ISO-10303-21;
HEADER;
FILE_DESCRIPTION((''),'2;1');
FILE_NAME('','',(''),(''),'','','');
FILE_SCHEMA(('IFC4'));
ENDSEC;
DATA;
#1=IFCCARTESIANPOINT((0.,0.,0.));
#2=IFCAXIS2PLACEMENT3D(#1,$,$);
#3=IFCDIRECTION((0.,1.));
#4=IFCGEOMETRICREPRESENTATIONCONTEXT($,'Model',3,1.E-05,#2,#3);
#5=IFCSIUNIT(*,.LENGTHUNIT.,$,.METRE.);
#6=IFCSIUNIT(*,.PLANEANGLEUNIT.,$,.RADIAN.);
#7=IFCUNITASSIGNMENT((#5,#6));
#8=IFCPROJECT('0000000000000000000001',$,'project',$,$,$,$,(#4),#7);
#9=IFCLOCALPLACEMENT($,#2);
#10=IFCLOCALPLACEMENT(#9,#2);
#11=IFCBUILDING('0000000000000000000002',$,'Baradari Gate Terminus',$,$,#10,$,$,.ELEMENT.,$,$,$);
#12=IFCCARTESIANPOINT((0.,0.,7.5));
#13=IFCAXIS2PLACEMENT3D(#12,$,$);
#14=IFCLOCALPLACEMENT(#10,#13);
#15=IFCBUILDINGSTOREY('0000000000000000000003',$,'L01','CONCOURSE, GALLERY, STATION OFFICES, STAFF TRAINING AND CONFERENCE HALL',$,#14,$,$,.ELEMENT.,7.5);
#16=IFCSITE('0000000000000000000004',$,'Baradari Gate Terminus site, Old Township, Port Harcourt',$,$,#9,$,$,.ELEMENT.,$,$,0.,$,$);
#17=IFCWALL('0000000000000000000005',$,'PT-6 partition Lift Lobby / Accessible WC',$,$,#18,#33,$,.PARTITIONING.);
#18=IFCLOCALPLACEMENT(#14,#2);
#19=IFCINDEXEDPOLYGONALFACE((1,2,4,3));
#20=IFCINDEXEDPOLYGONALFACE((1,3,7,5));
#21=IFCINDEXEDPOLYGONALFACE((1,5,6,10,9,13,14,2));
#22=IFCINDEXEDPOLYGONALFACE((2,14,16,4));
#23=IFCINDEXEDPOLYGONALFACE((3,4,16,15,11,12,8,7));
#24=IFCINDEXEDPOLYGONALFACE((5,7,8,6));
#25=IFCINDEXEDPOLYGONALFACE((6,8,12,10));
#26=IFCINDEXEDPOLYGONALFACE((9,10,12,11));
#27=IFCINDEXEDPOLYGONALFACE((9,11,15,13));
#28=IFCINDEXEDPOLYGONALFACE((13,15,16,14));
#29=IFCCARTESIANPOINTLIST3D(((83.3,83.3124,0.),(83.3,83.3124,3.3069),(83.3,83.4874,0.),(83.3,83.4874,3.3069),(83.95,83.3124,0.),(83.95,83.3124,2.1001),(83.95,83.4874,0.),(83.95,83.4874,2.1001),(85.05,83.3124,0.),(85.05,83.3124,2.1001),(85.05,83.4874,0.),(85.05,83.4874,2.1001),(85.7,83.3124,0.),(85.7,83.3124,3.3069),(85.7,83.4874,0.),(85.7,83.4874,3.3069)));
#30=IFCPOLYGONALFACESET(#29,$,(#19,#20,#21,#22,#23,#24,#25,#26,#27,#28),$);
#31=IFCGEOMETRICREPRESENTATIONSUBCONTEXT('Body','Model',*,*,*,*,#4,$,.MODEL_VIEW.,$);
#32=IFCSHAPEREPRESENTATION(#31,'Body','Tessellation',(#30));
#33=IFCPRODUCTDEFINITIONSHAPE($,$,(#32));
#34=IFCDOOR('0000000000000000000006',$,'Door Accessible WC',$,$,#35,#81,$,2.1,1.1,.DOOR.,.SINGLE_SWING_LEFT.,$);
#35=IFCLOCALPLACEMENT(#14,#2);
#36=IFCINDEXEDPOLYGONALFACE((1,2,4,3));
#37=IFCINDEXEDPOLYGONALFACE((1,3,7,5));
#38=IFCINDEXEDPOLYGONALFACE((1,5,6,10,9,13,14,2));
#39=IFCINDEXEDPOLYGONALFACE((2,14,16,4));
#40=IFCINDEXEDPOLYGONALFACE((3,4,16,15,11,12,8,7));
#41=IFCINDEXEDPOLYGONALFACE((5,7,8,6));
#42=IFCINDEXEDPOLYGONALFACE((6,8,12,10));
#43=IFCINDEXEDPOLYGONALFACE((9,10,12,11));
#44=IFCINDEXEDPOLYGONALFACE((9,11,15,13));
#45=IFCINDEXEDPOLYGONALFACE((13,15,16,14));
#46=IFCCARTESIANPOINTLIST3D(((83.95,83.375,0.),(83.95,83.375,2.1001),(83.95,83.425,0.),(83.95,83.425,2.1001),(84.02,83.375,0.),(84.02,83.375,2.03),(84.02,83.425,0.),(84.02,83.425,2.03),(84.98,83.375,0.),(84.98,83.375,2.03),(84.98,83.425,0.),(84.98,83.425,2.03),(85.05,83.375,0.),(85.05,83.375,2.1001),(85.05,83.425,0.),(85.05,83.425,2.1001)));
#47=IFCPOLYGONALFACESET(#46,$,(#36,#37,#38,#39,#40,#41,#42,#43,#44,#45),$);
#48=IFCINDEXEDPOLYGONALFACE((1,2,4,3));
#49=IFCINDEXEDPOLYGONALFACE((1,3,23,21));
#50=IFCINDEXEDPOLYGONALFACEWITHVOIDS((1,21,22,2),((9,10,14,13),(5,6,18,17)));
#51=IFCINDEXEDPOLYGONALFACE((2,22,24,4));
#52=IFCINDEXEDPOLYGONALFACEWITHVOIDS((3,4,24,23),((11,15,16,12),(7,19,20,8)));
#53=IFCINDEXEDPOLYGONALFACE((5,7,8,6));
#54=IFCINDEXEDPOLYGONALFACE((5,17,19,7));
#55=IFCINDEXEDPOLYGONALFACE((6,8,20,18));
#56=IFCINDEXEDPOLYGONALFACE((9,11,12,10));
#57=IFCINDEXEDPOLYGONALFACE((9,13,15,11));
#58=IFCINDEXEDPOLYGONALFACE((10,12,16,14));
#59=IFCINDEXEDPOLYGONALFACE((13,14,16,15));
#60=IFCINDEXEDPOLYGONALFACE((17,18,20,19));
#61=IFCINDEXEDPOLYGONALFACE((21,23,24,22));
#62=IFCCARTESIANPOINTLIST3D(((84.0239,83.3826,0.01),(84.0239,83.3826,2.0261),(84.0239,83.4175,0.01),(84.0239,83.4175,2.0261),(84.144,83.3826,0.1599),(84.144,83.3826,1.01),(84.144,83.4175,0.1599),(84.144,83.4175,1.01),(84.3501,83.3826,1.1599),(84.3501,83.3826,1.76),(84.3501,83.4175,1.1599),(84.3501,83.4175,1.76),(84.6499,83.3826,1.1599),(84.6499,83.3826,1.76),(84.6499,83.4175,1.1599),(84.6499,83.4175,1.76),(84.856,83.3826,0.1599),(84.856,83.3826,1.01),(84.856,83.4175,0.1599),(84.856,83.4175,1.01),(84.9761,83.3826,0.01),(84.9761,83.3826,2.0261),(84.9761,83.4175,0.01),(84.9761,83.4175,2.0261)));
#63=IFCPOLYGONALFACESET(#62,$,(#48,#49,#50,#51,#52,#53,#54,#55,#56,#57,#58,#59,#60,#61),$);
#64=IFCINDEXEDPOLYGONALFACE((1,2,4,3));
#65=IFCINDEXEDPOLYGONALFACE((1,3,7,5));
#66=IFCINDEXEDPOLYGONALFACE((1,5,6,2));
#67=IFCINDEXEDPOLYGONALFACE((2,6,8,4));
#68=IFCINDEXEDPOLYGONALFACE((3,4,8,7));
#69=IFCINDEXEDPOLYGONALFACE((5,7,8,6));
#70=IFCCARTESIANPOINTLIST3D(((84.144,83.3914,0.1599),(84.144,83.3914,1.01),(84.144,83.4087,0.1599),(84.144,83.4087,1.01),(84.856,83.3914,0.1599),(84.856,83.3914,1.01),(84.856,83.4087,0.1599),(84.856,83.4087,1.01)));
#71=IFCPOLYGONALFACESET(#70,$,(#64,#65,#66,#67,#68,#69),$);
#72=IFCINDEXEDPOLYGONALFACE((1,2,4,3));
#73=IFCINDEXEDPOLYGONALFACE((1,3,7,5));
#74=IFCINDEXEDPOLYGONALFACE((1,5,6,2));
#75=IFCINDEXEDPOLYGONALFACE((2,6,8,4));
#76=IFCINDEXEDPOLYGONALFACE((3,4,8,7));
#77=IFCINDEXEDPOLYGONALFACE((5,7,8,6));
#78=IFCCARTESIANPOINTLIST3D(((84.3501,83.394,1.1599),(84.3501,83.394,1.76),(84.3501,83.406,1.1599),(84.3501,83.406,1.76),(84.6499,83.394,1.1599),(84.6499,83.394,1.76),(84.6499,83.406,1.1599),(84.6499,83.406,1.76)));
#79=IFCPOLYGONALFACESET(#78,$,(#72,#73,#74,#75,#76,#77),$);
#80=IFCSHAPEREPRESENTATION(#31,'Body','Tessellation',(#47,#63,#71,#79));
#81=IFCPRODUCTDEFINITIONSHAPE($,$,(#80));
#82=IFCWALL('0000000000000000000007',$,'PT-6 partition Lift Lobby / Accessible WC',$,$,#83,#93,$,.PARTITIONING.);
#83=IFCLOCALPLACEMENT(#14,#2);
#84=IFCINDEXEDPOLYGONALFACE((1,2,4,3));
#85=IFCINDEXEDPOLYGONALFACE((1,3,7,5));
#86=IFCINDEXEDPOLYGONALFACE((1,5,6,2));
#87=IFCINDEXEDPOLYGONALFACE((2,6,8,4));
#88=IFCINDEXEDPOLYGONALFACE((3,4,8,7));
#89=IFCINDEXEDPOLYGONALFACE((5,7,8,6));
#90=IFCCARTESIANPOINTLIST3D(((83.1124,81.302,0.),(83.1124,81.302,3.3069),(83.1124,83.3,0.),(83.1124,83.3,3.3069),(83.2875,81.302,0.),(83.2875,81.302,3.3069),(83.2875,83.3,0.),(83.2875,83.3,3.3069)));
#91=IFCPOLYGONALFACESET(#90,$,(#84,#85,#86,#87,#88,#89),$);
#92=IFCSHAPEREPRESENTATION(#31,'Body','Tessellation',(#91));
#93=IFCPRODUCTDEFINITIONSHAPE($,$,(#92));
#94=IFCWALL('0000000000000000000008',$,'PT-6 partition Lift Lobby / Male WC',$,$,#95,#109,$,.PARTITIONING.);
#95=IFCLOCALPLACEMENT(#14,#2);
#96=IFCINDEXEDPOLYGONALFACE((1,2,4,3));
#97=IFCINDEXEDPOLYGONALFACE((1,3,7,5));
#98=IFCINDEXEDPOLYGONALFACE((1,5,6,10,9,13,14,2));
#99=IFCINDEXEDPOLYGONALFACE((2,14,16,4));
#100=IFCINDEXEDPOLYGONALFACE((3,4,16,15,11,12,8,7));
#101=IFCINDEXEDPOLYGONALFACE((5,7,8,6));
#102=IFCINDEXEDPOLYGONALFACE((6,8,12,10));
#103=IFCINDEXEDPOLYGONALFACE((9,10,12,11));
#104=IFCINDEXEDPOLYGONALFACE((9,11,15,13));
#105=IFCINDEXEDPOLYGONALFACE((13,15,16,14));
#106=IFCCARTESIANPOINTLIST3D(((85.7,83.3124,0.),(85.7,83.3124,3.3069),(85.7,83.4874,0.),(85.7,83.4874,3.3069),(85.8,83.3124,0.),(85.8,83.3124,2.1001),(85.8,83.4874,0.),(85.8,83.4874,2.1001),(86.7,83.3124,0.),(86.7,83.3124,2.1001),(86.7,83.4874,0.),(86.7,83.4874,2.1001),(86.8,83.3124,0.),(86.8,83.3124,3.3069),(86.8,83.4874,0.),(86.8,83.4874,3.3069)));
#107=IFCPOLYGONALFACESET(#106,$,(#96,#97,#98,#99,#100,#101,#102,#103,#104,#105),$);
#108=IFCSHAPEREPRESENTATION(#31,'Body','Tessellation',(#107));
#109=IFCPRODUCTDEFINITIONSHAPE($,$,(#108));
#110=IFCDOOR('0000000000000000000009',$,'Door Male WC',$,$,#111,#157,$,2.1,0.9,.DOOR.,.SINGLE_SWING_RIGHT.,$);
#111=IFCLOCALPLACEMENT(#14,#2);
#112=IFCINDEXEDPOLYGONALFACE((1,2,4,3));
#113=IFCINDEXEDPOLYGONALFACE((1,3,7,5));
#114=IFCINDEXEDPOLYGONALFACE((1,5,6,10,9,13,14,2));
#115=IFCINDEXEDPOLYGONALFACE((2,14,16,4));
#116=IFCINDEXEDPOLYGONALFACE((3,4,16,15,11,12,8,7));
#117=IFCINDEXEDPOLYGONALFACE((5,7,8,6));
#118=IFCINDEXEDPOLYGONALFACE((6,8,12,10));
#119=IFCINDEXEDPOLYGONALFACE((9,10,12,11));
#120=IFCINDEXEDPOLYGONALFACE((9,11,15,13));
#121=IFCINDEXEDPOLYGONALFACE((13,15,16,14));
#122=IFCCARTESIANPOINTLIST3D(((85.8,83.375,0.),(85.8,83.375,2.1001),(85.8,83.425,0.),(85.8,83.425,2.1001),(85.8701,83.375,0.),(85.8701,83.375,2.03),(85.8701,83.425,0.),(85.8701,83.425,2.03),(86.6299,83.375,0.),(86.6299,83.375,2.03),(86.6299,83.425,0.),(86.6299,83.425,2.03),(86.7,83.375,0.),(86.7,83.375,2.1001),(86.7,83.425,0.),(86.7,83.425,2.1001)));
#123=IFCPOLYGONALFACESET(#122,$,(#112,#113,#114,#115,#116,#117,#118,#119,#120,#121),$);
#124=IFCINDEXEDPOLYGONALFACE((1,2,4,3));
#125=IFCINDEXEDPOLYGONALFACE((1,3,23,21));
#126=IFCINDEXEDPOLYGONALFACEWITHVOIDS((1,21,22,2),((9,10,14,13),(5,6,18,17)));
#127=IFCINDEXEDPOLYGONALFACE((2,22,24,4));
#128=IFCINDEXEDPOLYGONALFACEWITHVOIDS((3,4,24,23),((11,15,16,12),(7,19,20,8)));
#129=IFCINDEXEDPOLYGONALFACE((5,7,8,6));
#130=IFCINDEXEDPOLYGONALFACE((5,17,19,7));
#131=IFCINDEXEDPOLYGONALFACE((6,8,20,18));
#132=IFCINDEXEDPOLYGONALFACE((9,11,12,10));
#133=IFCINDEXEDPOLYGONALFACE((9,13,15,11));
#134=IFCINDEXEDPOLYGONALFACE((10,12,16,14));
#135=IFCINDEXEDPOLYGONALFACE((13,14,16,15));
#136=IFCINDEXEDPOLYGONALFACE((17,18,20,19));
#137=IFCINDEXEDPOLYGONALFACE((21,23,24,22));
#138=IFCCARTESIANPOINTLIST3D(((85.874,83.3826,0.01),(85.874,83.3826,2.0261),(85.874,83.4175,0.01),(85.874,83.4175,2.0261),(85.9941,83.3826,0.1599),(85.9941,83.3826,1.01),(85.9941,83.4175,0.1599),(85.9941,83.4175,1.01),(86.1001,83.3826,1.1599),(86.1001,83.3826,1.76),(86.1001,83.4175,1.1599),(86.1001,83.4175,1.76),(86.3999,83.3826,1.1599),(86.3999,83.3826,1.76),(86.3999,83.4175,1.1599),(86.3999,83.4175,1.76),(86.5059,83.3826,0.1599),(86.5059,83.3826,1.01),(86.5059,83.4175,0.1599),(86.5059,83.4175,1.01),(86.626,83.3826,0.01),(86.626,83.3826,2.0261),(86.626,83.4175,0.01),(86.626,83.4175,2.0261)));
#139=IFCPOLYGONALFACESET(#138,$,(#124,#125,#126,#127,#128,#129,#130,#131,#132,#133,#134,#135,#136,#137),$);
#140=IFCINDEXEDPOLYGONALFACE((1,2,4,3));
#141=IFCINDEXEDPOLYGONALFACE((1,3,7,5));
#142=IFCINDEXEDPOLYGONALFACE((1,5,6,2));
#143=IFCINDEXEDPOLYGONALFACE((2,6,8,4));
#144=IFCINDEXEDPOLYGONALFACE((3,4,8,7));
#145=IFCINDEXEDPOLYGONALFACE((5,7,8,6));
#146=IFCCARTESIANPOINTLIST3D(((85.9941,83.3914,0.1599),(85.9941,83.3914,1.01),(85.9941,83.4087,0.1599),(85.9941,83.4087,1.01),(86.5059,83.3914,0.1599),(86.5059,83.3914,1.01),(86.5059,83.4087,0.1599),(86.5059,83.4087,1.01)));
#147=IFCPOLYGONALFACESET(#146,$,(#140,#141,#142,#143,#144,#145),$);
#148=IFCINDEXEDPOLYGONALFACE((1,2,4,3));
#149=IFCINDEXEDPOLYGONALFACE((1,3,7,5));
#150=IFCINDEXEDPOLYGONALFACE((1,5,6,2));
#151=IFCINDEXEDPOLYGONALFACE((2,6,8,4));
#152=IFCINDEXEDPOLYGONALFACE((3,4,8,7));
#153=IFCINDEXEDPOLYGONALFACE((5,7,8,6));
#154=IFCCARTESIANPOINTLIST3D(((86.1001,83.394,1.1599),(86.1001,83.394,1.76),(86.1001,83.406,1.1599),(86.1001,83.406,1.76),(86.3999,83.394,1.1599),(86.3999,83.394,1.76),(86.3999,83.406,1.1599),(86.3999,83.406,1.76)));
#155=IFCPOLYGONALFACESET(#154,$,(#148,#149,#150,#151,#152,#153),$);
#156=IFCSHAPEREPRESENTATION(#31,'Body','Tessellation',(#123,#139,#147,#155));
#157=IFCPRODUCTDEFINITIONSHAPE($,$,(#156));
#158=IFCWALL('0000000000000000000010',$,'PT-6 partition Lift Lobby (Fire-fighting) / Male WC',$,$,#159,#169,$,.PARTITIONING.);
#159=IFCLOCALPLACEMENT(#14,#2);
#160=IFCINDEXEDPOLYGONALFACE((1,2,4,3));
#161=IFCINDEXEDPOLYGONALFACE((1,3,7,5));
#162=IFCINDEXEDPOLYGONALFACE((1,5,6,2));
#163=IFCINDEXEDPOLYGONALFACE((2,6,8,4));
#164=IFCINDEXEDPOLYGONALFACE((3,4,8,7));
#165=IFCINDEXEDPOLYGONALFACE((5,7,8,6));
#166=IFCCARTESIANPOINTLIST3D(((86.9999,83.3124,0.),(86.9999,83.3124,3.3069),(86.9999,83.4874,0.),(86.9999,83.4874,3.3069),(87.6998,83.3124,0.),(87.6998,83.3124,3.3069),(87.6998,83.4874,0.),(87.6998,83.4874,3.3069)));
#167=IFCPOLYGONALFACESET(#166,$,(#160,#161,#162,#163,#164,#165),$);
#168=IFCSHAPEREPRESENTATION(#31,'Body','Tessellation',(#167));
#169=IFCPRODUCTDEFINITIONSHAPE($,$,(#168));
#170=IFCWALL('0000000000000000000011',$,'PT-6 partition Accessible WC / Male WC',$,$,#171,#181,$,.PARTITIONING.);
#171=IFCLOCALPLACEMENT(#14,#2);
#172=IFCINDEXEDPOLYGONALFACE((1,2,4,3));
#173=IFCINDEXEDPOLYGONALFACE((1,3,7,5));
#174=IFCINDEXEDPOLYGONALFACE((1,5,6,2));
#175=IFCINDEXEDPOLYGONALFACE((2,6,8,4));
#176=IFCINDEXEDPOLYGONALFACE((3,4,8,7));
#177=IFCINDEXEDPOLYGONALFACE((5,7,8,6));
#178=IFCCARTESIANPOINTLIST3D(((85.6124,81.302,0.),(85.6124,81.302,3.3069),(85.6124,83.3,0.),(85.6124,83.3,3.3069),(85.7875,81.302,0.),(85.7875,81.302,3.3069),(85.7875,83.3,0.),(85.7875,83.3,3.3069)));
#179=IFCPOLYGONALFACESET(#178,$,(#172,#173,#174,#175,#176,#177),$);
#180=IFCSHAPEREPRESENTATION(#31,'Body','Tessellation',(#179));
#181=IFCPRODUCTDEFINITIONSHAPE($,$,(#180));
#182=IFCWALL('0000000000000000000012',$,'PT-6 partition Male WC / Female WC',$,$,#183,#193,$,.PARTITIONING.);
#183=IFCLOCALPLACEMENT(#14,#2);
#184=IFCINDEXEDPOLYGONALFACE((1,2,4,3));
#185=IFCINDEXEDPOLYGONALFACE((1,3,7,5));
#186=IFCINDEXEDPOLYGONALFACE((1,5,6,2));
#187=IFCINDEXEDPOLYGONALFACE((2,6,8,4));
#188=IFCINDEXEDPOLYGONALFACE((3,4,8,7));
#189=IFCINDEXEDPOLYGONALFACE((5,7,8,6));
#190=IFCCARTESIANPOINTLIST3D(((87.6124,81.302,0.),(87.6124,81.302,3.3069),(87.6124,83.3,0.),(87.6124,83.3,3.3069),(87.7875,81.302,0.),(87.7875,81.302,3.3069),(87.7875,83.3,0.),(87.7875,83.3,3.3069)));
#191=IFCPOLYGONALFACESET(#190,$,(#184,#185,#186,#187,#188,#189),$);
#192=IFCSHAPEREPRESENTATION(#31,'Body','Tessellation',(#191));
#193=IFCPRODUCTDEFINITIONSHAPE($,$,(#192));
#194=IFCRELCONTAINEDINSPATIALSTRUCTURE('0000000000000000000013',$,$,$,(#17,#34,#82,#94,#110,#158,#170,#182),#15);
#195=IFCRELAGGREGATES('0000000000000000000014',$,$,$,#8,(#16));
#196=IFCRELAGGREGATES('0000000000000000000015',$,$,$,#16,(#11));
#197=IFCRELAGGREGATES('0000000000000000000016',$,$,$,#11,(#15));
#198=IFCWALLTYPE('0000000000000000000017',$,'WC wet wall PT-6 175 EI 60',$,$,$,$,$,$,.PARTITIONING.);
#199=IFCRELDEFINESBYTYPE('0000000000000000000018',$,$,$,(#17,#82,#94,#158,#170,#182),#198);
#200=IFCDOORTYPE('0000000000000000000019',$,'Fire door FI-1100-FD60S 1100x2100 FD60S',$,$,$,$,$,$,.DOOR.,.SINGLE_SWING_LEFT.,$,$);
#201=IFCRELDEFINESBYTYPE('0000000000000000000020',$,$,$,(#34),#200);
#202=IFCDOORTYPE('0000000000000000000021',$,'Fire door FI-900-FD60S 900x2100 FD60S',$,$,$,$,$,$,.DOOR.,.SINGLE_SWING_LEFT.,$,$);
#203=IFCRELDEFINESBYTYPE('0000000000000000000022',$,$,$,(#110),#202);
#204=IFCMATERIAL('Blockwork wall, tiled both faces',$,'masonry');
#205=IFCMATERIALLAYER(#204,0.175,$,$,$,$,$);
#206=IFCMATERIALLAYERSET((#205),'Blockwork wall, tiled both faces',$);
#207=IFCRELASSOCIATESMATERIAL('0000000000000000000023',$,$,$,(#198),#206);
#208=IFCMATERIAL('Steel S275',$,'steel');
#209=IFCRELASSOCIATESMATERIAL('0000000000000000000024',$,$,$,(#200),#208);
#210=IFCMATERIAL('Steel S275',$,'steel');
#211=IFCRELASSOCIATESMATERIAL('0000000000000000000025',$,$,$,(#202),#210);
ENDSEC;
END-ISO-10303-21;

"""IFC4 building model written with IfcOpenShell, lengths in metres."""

from ifc_helpers import new_model, si_unit, direction, frame, frame_2d, origin, place, context, subcontext, project, spatial, polyline, rectangle, outline, extrude, material, layer, layer_set, type_object, element, fill, save


model = new_model("IFC4")

# Units and contexts
model_context = context("Model", 3, precision=1e-05, world=origin(), true_north=direction((0.0, 1.0)))
body_context = subcontext(model_context, "Body", "Model", "MODEL_VIEW")
ifc_project = project(units=[si_unit("LENGTHUNIT", "METRE"), si_unit("PLANEANGLEUNIT", "RADIAN")], contexts=[model_context])

# Site, building, storey
site_placement = place(None, origin())
site = spatial("IfcSite", under=ifc_project, at=site_placement, Name="Baradari Gate Terminus site, Old Township, Port Harcourt", CompositionType="ELEMENT", RefElevation=0.0)
building_placement = place(site_placement, origin())
building = spatial("IfcBuilding", under=site, at=building_placement, Name="Baradari Gate Terminus", CompositionType="ELEMENT")
storey_placement = place(building_placement, frame((0.0, 0.0, 7.5)))
storey = spatial("IfcBuildingStorey", under=building, at=storey_placement, Name="L01", Description="CONCOURSE, GALLERY, STATION OFFICES, STAFF TRAINING AND CONFERENCE HALL", CompositionType="ELEMENT", Elevation=7.5)

# Wall, opening, door
ifc_material_1 = material(Name="Blockwork wall, tiled both faces", Category="masonry")
ifc_layer_1 = layer(ifc_material_1, 0.175)
ifc_layer_set_1 = layer_set([ifc_layer_1], Name="Blockwork wall, tiled both faces")
wall_type_1 = type_object("IfcWallType", Name="WC wet wall PT-6 175 EI 60", PredefinedType="PARTITIONING", material=ifc_layer_set_1)
wall_1_placement = place(storey_placement, frame((85.7, 83.3999, 0.0), z_axis=(0.0, 0.0, 1.0), x_axis=(-1.0, 0.0, 0.0)))
wall_1 = element("IfcWall", 1, at=wall_1_placement, inside=storey, type_object=wall_type_1, Name="PT-6 partition Lift Lobby / Accessible WC", PredefinedType="PARTITIONING", context=body_context, shape_type="SweptSolid", body=[
    extrude(rectangle(XDim=2.3999, YDim=0.175, at=frame_2d((1.2, 0.0))), origin(), (0.0, 0.0, 1.0), 3.3069),
])
opening_1_placement = place(wall_1_placement, frame((0.6499, 0.0, 0.0)))
opening_1 = element("IfcOpeningElement", 2, at=opening_1_placement, cuts=wall_1, PredefinedType="OPENING", context=body_context, shape_type="SweptSolid", body=[
    extrude(rectangle(XDim=1.1001, YDim=2.1001, at=frame_2d((0.55, 1.05))), frame((0.0, 0.0974, 0.0), z_axis=(0.0, -1.0, 0.0), x_axis=(1.0, 0.0, 0.0)), (0.0, 0.0, 1.0), 0.1951),
])
ifc_material_2 = material(Name="Steel S275", Category="steel")
door_type_1 = type_object("IfcDoorType", Name="Fire door FI-1100-FD60S 1100x2100 FD60S", OperationType="SINGLE_SWING_LEFT", PredefinedType="DOOR", material=ifc_material_2)
door_1_placement = place(opening_1_placement, origin())
door_1 = element("IfcDoor", 3, at=door_1_placement, inside=storey, type_object=door_type_1, Name="Door Accessible WC", OperationType="SINGLE_SWING_LEFT", OverallHeight=2.1, OverallWidth=1.1, PredefinedType="DOOR", context=body_context, shape_type="SweptSolid", body=[
    extrude(outline(polyline([(0.0, 0.0), (0.0701, 0.0), (0.0701, 2.03), (1.03, 2.03), (1.03, 0.0), (1.1001, 0.0), (1.1001, 2.1001), (0.0, 2.1001), (0.0, 0.0)])), frame((0.0, 0.0249, 0.0), z_axis=(0.0, -1.0, 0.0), x_axis=(1.0, 0.0, 0.0)), (0.0, 0.0, 1.0), 0.05),
    extrude(outline(polyline([(0.074, 0.01), (1.0261, 0.01), (1.0261, 2.0261), (0.074, 2.0261), (0.074, 0.01)]), holes=[polyline([(0.1941, 0.1599), (0.906, 0.1599), (0.906, 1.01), (0.1941, 1.01), (0.1941, 0.1599)]), polyline([(0.4001, 1.1599), (0.7, 1.1599), (0.7, 1.76), (0.4001, 1.76), (0.4001, 1.1599)])]), frame((0.0, 0.0173, 0.0), z_axis=(0.0, -1.0, 0.0), x_axis=(1.0, 0.0, 0.0)), (0.0, 0.0, 1.0), 0.0349),
    extrude(rectangle(XDim=0.7119, YDim=0.8501, at=frame_2d((0.55, 0.585))), frame((0.0, 0.0085, 0.0), z_axis=(0.0, -1.0, 0.0), x_axis=(1.0, 0.0, 0.0)), (0.0, 0.0, 1.0), 0.0173),
    extrude(rectangle(XDim=0.2998, YDim=0.6001, at=frame_2d((0.55, 1.46))), frame((0.0, 0.0059, 0.0), z_axis=(0.0, -1.0, 0.0), x_axis=(1.0, 0.0, 0.0)), (0.0, 0.0, 1.0), 0.012),
])
fill(opening_1, door_1)

# Wall
wall_2_placement = place(storey_placement, frame((83.2, 83.3, 0.0), z_axis=(0.0, 0.0, 1.0), x_axis=(0.0, -1.0, 0.0)))
element("IfcWall", 4, at=wall_2_placement, inside=storey, type_object=wall_type_1, Name="PT-6 partition Lift Lobby / Accessible WC", PredefinedType="PARTITIONING", context=body_context, shape_type="SweptSolid", body=[
    extrude(rectangle(XDim=1.998, YDim=0.175, at=frame_2d((0.999, 0.0))), origin(), (0.0, 0.0, 1.0), 3.3069),
])

# Wall, opening, door
wall_3_placement = place(storey_placement, frame((86.8, 83.3999, 0.0), z_axis=(0.0, 0.0, 1.0), x_axis=(-1.0, 0.0, 0.0)))
wall_3 = element("IfcWall", 5, at=wall_3_placement, inside=storey, type_object=wall_type_1, Name="PT-6 partition Lift Lobby / Male WC", PredefinedType="PARTITIONING", context=body_context, shape_type="SweptSolid", body=[
    extrude(rectangle(XDim=1.1001, YDim=0.175, at=frame_2d((0.55, 0.0))), origin(), (0.0, 0.0, 1.0), 3.3069),
])
opening_2_placement = place(wall_3_placement, frame((0.1001, 0.0, 0.0)))
opening_2 = element("IfcOpeningElement", 6, at=opening_2_placement, cuts=wall_3, PredefinedType="OPENING", context=body_context, shape_type="SweptSolid", body=[
    extrude(rectangle(XDim=0.8999, YDim=2.1001, at=frame_2d((0.45, 1.05))), frame((0.0, 0.0974, 0.0), z_axis=(0.0, -1.0, 0.0), x_axis=(1.0, 0.0, 0.0)), (0.0, 0.0, 1.0), 0.1951),
])
ifc_material_3 = material(Name="Steel S275", Category="steel")
door_type_2 = type_object("IfcDoorType", Name="Fire door FI-900-FD60S 900x2100 FD60S", OperationType="SINGLE_SWING_LEFT", PredefinedType="DOOR", material=ifc_material_3)
door_2_placement = place(opening_2_placement, origin())
door_2 = element("IfcDoor", 7, at=door_2_placement, inside=storey, type_object=door_type_2, Name="Door Male WC", OperationType="SINGLE_SWING_RIGHT", OverallHeight=2.1, OverallWidth=0.9, PredefinedType="DOOR", context=body_context, shape_type="SweptSolid", body=[
    extrude(outline(polyline([(0.0, 0.0), (0.0701, 0.0), (0.0701, 2.03), (0.8298, 2.03), (0.8298, 0.0), (0.8999, 0.0), (0.8999, 2.1001), (0.0, 2.1001), (0.0, 0.0)])), frame((0.0, 0.0249, 0.0), z_axis=(0.0, -1.0, 0.0), x_axis=(1.0, 0.0, 0.0)), (0.0, 0.0, 1.0), 0.05),
    extrude(outline(polyline([(0.074, 0.01), (0.8259, 0.01), (0.8259, 2.0261), (0.074, 2.0261), (0.074, 0.01)]), holes=[polyline([(0.1941, 0.1599), (0.7058, 0.1599), (0.7058, 1.01), (0.1941, 1.01), (0.1941, 0.1599)]), polyline([(0.3, 1.1599), (0.5999, 1.1599), (0.5999, 1.76), (0.3, 1.76), (0.3, 1.1599)])]), frame((0.0, 0.0173, 0.0), z_axis=(0.0, -1.0, 0.0), x_axis=(1.0, 0.0, 0.0)), (0.0, 0.0, 1.0), 0.0349),
    extrude(rectangle(XDim=0.5117, YDim=0.8501, at=frame_2d((0.45, 0.585))), frame((0.0, 0.0085, 0.0), z_axis=(0.0, -1.0, 0.0), x_axis=(1.0, 0.0, 0.0)), (0.0, 0.0, 1.0), 0.0173),
    extrude(rectangle(XDim=0.2998, YDim=0.6001, at=frame_2d((0.45, 1.46))), frame((0.0, 0.0059, 0.0), z_axis=(0.0, -1.0, 0.0), x_axis=(1.0, 0.0, 0.0)), (0.0, 0.0, 1.0), 0.012),
])
fill(opening_2, door_2)

# Walls
wall_4_placement = place(storey_placement, frame((87.7, 83.3999, 0.0), z_axis=(0.0, 0.0, 1.0), x_axis=(-1.0, 0.0, 0.0)))
element("IfcWall", 8, at=wall_4_placement, inside=storey, type_object=wall_type_1, Name="PT-6 partition Lift Lobby (Fire-fighting) / Male WC", PredefinedType="PARTITIONING", context=body_context, shape_type="SweptSolid", body=[
    extrude(rectangle(XDim=0.7, YDim=0.175, at=frame_2d((0.3501, 0.0))), origin(), (0.0, 0.0, 1.0), 3.3069),
])
for number, where, z_axis, x_axis, name in (
    (9, (85.7, 83.3, 0.0), (0.0, 0.0, 1.0), (0.0, -1.0, 0.0), "PT-6 partition Accessible WC / Male WC"),
    (10, (87.7, 83.3, 0.0), (0.0, 0.0, 1.0), (0.0, -1.0, 0.0), "PT-6 partition Male WC / Female WC"),
):
    element("IfcWall", number, at=place(storey_placement, frame(where, z_axis=z_axis, x_axis=x_axis)), inside=storey, type_object=wall_type_1, Name=name, PredefinedType="PARTITIONING", context=body_context, shape_type="SweptSolid", body=[
        extrude(rectangle(XDim=1.998, YDim=0.175, at=frame_2d((0.999, 0.0))), origin(), (0.0, 0.0, 1.0), 3.3069),
    ])

save(model, "model.ifc")
